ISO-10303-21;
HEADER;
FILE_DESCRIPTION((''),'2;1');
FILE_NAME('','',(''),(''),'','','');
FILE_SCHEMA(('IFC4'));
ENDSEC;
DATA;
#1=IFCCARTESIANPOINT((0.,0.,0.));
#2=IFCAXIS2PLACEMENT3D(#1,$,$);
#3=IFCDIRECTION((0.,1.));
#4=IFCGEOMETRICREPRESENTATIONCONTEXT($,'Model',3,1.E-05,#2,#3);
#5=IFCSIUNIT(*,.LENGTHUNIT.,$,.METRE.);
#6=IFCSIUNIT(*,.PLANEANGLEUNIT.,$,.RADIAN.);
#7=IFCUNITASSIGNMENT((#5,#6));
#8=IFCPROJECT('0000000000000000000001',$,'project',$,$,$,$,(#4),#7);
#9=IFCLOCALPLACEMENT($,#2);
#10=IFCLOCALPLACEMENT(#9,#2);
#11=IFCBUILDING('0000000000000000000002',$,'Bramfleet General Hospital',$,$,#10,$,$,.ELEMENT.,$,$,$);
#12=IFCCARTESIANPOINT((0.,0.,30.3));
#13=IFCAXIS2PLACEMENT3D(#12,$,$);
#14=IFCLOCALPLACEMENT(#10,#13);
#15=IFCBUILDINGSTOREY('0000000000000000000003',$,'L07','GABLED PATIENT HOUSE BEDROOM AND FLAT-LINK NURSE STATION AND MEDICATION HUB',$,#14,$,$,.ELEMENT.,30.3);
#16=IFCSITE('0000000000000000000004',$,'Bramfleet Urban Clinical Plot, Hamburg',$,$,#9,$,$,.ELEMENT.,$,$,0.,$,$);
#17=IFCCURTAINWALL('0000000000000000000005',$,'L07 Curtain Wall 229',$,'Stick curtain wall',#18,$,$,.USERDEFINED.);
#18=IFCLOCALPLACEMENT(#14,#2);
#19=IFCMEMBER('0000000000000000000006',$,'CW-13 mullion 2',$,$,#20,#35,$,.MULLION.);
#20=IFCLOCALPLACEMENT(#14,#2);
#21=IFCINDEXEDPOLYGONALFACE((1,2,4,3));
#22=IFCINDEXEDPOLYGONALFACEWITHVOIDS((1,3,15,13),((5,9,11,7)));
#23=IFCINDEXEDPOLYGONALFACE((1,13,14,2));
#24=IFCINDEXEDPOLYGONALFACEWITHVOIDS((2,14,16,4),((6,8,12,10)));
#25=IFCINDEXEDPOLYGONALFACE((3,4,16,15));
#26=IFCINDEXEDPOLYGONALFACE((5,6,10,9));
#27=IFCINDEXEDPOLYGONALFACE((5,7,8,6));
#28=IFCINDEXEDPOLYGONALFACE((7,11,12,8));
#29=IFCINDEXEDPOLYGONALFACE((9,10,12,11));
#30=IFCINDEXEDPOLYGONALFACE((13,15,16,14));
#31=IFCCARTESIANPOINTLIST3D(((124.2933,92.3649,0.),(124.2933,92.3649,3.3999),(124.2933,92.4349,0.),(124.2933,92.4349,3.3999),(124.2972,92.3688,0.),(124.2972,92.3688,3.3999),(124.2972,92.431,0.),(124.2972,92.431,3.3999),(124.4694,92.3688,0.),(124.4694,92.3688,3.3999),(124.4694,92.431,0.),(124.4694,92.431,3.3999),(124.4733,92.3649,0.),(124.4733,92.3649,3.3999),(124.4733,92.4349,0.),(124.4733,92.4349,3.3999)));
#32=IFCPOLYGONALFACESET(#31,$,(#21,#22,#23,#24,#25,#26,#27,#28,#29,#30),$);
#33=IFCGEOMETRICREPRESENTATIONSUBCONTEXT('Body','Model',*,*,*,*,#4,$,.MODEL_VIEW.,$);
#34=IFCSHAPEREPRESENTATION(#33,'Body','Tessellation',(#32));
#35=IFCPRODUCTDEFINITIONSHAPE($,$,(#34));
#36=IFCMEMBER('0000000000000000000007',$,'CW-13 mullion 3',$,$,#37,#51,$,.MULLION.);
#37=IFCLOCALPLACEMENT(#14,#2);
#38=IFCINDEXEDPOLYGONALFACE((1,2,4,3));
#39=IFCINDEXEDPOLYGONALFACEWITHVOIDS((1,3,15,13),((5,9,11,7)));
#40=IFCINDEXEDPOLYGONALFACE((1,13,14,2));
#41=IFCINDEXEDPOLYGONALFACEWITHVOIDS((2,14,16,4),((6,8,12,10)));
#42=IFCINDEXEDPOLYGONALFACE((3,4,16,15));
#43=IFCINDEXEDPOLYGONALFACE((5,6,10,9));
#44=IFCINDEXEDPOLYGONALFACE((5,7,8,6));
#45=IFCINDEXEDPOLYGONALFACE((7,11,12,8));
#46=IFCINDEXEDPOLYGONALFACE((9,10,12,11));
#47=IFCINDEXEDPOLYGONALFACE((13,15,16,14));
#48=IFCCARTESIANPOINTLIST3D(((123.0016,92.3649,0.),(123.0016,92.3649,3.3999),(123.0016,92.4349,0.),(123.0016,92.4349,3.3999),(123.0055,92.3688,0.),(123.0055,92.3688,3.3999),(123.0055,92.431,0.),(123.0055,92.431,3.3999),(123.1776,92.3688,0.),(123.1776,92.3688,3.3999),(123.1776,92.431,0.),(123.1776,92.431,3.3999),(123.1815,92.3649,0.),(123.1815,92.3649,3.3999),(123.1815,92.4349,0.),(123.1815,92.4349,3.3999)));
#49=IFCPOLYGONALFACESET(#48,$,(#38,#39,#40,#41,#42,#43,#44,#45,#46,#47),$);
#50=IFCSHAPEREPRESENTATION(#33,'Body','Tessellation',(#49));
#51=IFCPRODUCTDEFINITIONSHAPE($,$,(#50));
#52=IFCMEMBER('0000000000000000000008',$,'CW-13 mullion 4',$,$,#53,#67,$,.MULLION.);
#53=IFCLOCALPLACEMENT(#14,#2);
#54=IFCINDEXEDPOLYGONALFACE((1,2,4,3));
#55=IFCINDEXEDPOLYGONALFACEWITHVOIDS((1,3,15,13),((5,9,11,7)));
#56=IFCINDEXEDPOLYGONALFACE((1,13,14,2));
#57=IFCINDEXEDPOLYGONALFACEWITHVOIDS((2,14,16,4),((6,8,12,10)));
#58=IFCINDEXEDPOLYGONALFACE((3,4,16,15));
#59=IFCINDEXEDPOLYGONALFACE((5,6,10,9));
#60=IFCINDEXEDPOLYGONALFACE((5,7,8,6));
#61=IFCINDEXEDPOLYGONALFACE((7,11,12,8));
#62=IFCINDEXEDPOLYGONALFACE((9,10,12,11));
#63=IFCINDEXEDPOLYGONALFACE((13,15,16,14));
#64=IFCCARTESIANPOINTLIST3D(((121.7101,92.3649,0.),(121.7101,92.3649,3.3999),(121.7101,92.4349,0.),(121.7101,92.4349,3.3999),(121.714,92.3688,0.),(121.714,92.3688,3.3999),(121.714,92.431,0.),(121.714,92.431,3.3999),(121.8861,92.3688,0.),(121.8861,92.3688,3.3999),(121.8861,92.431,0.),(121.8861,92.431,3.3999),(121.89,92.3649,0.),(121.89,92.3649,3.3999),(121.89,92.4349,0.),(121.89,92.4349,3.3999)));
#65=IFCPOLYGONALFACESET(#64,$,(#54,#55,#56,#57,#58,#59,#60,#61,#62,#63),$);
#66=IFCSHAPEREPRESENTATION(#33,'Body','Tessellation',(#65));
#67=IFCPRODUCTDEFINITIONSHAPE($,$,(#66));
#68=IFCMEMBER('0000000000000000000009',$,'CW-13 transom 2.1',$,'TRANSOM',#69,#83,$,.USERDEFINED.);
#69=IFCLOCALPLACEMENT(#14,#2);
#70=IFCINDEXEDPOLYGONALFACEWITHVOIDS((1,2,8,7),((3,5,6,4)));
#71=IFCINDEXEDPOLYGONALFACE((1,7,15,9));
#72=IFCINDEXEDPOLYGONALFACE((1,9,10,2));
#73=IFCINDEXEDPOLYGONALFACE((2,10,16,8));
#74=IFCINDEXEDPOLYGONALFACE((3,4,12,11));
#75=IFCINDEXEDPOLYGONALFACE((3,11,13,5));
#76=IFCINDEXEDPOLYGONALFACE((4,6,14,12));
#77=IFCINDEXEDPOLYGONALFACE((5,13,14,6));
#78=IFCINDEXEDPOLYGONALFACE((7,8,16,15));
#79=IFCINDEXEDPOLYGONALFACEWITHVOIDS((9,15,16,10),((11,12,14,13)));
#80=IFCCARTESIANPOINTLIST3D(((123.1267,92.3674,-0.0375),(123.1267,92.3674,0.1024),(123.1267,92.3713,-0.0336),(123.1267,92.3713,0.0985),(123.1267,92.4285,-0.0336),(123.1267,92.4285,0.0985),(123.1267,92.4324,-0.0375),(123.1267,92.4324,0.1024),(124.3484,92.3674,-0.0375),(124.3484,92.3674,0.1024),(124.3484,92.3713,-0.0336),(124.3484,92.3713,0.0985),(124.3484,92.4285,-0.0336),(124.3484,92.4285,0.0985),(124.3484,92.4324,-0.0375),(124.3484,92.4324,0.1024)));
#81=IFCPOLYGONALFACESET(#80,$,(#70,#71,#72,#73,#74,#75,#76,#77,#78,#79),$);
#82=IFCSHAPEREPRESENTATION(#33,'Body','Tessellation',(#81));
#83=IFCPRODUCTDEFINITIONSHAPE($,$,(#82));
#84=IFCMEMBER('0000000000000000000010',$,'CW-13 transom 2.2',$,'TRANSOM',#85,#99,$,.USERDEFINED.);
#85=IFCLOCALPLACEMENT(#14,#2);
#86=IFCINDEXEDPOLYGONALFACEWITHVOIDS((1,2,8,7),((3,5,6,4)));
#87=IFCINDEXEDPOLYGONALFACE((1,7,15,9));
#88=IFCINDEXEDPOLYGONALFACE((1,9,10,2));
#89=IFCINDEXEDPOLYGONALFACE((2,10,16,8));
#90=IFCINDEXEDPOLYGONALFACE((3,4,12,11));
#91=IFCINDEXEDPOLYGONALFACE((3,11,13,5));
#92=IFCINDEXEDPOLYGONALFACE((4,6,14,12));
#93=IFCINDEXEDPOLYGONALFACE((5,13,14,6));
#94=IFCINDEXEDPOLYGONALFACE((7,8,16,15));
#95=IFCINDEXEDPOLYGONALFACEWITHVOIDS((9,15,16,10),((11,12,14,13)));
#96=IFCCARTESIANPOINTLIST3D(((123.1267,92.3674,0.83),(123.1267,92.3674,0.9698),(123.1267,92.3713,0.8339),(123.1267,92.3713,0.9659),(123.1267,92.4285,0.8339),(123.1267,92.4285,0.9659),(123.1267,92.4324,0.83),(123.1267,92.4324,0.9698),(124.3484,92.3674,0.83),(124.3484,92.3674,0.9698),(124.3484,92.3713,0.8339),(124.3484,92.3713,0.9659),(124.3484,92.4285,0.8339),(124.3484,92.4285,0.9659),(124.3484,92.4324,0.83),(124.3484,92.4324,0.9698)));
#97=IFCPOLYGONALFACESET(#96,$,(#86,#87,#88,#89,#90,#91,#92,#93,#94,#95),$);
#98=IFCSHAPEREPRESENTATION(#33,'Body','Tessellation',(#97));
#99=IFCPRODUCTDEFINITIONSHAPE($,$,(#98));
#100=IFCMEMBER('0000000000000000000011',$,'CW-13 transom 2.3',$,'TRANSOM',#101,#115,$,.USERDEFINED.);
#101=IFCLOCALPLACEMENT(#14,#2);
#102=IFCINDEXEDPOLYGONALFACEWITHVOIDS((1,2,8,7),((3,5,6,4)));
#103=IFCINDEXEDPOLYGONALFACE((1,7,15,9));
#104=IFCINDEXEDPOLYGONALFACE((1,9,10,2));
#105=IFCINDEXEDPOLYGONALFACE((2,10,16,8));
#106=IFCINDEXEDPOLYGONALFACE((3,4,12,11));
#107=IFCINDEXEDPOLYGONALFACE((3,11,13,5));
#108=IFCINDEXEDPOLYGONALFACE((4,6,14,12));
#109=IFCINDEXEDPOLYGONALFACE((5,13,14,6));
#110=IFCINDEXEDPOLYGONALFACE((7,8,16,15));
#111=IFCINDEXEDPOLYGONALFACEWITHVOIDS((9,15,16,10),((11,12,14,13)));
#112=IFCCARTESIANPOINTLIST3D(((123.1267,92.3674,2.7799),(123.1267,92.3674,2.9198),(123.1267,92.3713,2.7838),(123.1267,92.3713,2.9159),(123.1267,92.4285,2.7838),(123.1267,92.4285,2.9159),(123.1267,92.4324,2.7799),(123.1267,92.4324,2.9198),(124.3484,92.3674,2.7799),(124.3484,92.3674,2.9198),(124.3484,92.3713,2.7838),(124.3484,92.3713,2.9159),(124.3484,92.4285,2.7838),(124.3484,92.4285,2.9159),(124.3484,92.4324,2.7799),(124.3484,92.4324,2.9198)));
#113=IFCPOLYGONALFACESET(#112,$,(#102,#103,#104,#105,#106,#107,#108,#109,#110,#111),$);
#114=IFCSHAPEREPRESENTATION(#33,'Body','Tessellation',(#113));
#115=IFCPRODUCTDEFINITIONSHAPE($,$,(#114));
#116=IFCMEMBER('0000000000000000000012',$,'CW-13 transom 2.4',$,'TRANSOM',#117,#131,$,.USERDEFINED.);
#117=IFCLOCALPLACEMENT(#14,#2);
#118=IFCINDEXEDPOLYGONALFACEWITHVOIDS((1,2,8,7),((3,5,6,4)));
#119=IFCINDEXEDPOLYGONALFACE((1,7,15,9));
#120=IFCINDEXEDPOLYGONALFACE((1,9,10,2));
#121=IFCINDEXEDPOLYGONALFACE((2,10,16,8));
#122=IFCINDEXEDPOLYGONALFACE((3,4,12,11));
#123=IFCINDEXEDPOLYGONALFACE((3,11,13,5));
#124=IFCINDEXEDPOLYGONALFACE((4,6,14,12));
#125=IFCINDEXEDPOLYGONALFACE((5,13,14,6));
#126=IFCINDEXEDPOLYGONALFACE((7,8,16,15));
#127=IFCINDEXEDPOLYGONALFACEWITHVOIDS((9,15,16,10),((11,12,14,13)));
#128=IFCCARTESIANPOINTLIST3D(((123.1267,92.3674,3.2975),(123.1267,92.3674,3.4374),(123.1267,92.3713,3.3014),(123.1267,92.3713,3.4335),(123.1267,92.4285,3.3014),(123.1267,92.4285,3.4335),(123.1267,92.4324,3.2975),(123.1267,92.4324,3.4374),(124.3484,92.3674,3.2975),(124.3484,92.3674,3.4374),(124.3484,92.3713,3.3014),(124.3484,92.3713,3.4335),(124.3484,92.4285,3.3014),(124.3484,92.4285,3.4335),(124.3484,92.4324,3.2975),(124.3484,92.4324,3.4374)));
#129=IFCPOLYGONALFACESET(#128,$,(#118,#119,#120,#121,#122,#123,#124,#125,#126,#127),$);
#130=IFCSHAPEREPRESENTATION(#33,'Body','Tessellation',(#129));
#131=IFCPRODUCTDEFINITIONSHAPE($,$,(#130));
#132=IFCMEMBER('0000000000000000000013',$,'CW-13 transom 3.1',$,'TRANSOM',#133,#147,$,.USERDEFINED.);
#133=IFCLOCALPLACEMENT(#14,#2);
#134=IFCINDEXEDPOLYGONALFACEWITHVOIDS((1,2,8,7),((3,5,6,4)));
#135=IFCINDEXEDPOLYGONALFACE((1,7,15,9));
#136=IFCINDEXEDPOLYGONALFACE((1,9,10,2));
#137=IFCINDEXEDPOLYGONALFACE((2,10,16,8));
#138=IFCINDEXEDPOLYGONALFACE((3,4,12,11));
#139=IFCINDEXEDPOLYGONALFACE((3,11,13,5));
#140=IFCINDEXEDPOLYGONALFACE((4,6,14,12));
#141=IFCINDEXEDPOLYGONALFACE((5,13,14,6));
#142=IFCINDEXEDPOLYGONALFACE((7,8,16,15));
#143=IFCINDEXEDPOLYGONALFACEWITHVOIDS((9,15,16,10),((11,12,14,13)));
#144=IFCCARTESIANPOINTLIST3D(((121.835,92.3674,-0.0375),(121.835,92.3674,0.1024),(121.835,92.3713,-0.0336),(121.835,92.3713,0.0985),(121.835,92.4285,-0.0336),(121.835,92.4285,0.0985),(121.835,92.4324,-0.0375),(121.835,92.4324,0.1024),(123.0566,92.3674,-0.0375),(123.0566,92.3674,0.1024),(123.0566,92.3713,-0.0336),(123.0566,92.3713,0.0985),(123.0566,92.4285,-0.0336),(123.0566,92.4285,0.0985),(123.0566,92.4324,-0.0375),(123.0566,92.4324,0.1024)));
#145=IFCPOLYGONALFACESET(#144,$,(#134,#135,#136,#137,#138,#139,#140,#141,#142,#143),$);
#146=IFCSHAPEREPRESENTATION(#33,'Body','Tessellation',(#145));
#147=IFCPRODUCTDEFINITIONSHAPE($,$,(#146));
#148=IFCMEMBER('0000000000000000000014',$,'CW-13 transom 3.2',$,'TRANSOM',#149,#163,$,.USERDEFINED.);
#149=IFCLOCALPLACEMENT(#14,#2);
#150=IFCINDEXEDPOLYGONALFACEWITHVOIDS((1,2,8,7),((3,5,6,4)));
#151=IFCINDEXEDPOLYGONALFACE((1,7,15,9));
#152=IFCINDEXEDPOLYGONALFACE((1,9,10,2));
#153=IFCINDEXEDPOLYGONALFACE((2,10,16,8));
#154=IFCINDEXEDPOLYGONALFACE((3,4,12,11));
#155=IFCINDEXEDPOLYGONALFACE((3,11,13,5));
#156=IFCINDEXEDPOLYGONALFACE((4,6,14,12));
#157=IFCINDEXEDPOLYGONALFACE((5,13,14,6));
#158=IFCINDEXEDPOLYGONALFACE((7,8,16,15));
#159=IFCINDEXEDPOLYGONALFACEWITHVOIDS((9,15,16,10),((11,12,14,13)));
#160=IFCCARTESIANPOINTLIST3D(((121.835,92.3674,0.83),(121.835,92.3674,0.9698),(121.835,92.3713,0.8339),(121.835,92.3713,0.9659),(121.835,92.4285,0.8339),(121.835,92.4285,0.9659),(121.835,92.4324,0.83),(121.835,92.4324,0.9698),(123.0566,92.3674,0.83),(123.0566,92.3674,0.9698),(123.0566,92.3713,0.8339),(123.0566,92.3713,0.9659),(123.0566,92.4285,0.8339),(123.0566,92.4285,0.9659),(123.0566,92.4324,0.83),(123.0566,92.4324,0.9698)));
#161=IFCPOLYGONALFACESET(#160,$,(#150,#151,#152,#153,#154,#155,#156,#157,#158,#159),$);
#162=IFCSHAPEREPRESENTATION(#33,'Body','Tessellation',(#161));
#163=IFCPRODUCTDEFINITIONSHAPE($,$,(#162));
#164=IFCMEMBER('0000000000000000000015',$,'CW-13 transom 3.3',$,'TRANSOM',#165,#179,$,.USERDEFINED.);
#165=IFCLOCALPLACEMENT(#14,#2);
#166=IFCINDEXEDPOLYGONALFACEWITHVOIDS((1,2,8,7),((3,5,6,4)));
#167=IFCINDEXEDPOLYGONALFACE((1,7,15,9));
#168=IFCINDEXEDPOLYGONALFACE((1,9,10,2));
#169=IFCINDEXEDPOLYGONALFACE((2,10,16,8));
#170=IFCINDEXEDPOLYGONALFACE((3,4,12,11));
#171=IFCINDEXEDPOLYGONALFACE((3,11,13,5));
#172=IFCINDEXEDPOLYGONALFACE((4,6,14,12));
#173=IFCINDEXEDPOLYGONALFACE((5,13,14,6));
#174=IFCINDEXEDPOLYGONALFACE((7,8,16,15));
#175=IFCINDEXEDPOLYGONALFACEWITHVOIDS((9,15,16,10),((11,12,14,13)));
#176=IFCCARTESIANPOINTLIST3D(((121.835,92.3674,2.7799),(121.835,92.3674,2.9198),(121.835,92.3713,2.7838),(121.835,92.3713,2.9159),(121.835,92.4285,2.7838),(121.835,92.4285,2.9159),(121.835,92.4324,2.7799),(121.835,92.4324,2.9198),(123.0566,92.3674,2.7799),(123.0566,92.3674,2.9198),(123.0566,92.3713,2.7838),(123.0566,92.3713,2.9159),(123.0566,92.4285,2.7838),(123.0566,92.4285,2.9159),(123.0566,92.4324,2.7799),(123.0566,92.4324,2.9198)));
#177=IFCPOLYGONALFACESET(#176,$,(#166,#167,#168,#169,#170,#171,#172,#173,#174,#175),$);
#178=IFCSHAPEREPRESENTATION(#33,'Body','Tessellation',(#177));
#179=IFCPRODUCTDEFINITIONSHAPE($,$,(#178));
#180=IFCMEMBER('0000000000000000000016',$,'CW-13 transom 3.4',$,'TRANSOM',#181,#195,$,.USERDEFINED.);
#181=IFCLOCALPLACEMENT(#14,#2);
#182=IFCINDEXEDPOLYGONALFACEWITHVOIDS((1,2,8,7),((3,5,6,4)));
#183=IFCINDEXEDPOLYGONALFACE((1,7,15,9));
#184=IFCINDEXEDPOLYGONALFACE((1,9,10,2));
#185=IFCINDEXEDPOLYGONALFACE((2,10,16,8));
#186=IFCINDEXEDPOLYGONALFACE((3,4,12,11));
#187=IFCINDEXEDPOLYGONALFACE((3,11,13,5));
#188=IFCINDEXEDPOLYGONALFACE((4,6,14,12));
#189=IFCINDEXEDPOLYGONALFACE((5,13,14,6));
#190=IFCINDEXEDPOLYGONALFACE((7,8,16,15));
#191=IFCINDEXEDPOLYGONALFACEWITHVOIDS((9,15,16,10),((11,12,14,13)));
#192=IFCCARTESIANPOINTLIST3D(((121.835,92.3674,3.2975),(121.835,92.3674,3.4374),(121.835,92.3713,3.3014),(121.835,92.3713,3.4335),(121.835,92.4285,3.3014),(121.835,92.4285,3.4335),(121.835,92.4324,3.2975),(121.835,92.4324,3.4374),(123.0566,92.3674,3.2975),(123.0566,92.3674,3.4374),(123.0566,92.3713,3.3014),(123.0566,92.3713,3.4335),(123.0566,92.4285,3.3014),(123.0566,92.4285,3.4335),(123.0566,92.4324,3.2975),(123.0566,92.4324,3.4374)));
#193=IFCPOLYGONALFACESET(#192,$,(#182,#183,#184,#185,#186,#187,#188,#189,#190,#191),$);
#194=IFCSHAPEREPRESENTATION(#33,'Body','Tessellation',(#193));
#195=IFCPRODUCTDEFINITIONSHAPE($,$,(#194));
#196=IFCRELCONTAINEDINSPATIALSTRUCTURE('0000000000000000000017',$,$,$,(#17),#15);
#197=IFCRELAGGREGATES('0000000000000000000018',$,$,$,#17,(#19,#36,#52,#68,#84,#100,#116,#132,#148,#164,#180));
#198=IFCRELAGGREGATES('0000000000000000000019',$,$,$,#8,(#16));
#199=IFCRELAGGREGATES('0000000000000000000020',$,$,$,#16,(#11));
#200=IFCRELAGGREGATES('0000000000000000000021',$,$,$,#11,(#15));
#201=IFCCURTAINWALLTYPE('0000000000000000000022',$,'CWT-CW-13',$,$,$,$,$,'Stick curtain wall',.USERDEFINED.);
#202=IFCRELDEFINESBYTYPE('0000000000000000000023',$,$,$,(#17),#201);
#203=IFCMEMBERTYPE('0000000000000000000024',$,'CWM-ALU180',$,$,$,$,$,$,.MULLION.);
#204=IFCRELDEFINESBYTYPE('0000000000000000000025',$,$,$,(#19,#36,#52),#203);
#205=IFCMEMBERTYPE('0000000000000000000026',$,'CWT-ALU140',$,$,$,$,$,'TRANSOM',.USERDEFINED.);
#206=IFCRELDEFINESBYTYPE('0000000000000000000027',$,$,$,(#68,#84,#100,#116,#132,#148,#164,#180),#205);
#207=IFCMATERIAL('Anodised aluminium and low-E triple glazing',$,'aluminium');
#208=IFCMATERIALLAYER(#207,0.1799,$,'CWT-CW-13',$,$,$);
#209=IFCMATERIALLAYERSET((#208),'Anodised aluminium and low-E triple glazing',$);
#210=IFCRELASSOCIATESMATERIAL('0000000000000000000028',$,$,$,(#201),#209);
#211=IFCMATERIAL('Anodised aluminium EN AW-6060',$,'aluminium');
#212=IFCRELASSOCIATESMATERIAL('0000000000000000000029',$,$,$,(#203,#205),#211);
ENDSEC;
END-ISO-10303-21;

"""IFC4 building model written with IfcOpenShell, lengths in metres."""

from ifc_helpers import new_model, si_unit, direction, frame, origin, origin_2d, place, context, subcontext, project, spatial, hollow_rectangle, extrude, material, layer, layer_set, material_profile, profile_set, type_object, element, aggregate, save


model = new_model("IFC4")

# Units and contexts
model_context = context("Model", 3, precision=1e-05, world=origin(), true_north=direction((0.0, 1.0)))
body_context = subcontext(model_context, "Body", "Model", "MODEL_VIEW")
ifc_project = project(units=[si_unit("LENGTHUNIT", "METRE"), si_unit("PLANEANGLEUNIT", "RADIAN")], contexts=[model_context])

# Site, building, storey
site_placement = place(None, origin())
site = spatial("IfcSite", under=ifc_project, at=site_placement, Name="Bramfleet Urban Clinical Plot, Hamburg", CompositionType="ELEMENT", RefElevation=0.0)
building_placement = place(site_placement, origin())
building = spatial("IfcBuilding", under=site, at=building_placement, Name="Bramfleet General Hospital", CompositionType="ELEMENT")
storey_placement = place(building_placement, frame((0.0, 0.0, 30.3)))
storey = spatial("IfcBuildingStorey", under=building, at=storey_placement, Name="L07", Description="GABLED PATIENT HOUSE BEDROOM AND FLAT-LINK NURSE STATION AND MEDICATION HUB", CompositionType="ELEMENT", Elevation=30.3)

# Curtain wall, members
ifc_material_1 = material(Name="Anodised aluminium and low-E triple glazing", Category="aluminium")
ifc_layer_1 = layer(ifc_material_1, 0.1799, Name="CWT-CW-13")
ifc_layer_set_1 = layer_set([ifc_layer_1], Name="Anodised aluminium and low-E triple glazing")
curtain_wall_type = type_object("IfcCurtainWallType", Name="CWT-CW-13", ElementType="Stick curtain wall", PredefinedType="USERDEFINED", material=ifc_layer_set_1)
curtain_wall_placement = place(storey_placement, origin())
curtain_wall = element("IfcCurtainWall", 1, at=curtain_wall_placement, inside=storey, type_object=curtain_wall_type, Name="L07 Curtain Wall 229", ObjectType="Stick curtain wall", PredefinedType="USERDEFINED")
ifc_material_2 = material(Name="Anodised aluminium EN AW-6060", Category="aluminium")
ifc_material_profile_1 = material_profile(ifc_material_2, hollow_rectangle(XDim=0.0701, YDim=0.1799, WallThickness=0.0039, at=origin_2d()), Name="ALU 180x70x4.0")
ifc_profile_set_1 = profile_set([ifc_material_profile_1], Name="Anodised aluminium EN AW-6060")
member_type_1 = type_object("IfcMemberType", Name="CWM-ALU180", PredefinedType="MULLION", material=ifc_profile_set_1)
member_1_placement = place(storey_placement, frame((124.3833, 92.3999, 0.0), z_axis=(0.0, 0.0, 1.0), x_axis=(0.0, -1.0, 0.0)))
member_1 = element("IfcMember", 2, at=member_1_placement, type_object=member_type_1, Name="CW-13 mullion 2", PredefinedType="MULLION", context=body_context, shape_type="SweptSolid", body=[
    extrude(hollow_rectangle(XDim=0.0701, YDim=0.1799, WallThickness=0.0039, at=origin_2d()), origin(), (0.0, 0.0, 1.0), 3.3999),
])
member_2_placement = place(storey_placement, frame((123.0916, 92.3999, 0.0), z_axis=(0.0, 0.0, 1.0), x_axis=(0.0, -1.0, 0.0)))
member_2 = element("IfcMember", 3, at=member_2_placement, type_object=member_type_1, Name="CW-13 mullion 3", PredefinedType="MULLION", context=body_context, shape_type="SweptSolid", body=[
    extrude(hollow_rectangle(XDim=0.0701, YDim=0.1799, WallThickness=0.0039, at=origin_2d()), origin(), (0.0, 0.0, 1.0), 3.3999),
])
member_3_placement = place(storey_placement, frame((121.8, 92.3999, 0.0), z_axis=(0.0, 0.0, 1.0), x_axis=(0.0, -1.0, 0.0)))
member_3 = element("IfcMember", 4, at=member_3_placement, type_object=member_type_1, Name="CW-13 mullion 4", PredefinedType="MULLION", context=body_context, shape_type="SweptSolid", body=[
    extrude(hollow_rectangle(XDim=0.0701, YDim=0.1799, WallThickness=0.0039, at=origin_2d()), origin(), (0.0, 0.0, 1.0), 3.3999),
])
ifc_material_profile_2 = material_profile(ifc_material_2, hollow_rectangle(XDim=0.0649, YDim=0.1399, WallThickness=0.0039, at=origin_2d()), Name="ALU 140x65x4.0")
ifc_profile_set_2 = profile_set([ifc_material_profile_2], Name="Anodised aluminium EN AW-6060")
member_type_2 = type_object("IfcMemberType", Name="CWT-ALU140", ElementType="TRANSOM", PredefinedType="USERDEFINED", material=ifc_profile_set_2)
member_4_placement = place(storey_placement, frame((124.3484, 92.3999, 0.0325), z_axis=(-1.0, 0.0, 0.0), x_axis=(0.0, -1.0, 0.0)))
member_4 = element("IfcMember", 5, at=member_4_placement, type_object=member_type_2, Name="CW-13 transom 2.1", ObjectType="TRANSOM", PredefinedType="USERDEFINED", context=body_context, shape_type="SweptSolid", body=[
    extrude(hollow_rectangle(XDim=0.0649, YDim=0.1399, WallThickness=0.0039, at=origin_2d()), origin(), (0.0, 0.0, 1.0), 1.2217),
])
member_5_placement = place(storey_placement, frame((124.3484, 92.3999, 0.8999), z_axis=(-1.0, 0.0, 0.0), x_axis=(0.0, -1.0, 0.0)))
member_5 = element("IfcMember", 6, at=member_5_placement, type_object=member_type_2, Name="CW-13 transom 2.2", ObjectType="TRANSOM", PredefinedType="USERDEFINED", context=body_context, shape_type="SweptSolid", body=[
    extrude(hollow_rectangle(XDim=0.0649, YDim=0.1399, WallThickness=0.0039, at=origin_2d()), origin(), (0.0, 0.0, 1.0), 1.2217),
])
member_6_placement = place(storey_placement, frame((124.3484, 92.3999, 2.8499), z_axis=(-1.0, 0.0, 0.0), x_axis=(0.0, -1.0, 0.0)))
member_6 = element("IfcMember", 7, at=member_6_placement, type_object=member_type_2, Name="CW-13 transom 2.3", ObjectType="TRANSOM", PredefinedType="USERDEFINED", context=body_context, shape_type="SweptSolid", body=[
    extrude(hollow_rectangle(XDim=0.0649, YDim=0.1399, WallThickness=0.0039, at=origin_2d()), origin(), (0.0, 0.0, 1.0), 1.2217),
])
member_7_placement = place(storey_placement, frame((124.3484, 92.3999, 3.3674), z_axis=(-1.0, 0.0, 0.0), x_axis=(0.0, -1.0, 0.0)))
member_7 = element("IfcMember", 8, at=member_7_placement, type_object=member_type_2, Name="CW-13 transom 2.4", ObjectType="TRANSOM", PredefinedType="USERDEFINED", context=body_context, shape_type="SweptSolid", body=[
    extrude(hollow_rectangle(XDim=0.0649, YDim=0.1399, WallThickness=0.0039, at=origin_2d()), origin(), (0.0, 0.0, 1.0), 1.2217),
])
member_8_placement = place(storey_placement, frame((123.0566, 92.3999, 0.0325), z_axis=(-1.0, 0.0, 0.0), x_axis=(0.0, -1.0, 0.0)))
member_8 = element("IfcMember", 9, at=member_8_placement, type_object=member_type_2, Name="CW-13 transom 3.1", ObjectType="TRANSOM", PredefinedType="USERDEFINED", context=body_context, shape_type="SweptSolid", body=[
    extrude(hollow_rectangle(XDim=0.0649, YDim=0.1399, WallThickness=0.0039, at=origin_2d()), origin(), (0.0, 0.0, 1.0), 1.2217),
])
member_9_placement = place(storey_placement, frame((123.0566, 92.3999, 0.8999), z_axis=(-1.0, 0.0, 0.0), x_axis=(0.0, -1.0, 0.0)))
member_9 = element("IfcMember", 10, at=member_9_placement, type_object=member_type_2, Name="CW-13 transom 3.2", ObjectType="TRANSOM", PredefinedType="USERDEFINED", context=body_context, shape_type="SweptSolid", body=[
    extrude(hollow_rectangle(XDim=0.0649, YDim=0.1399, WallThickness=0.0039, at=origin_2d()), origin(), (0.0, 0.0, 1.0), 1.2217),
])
member_10_placement = place(storey_placement, frame((123.0566, 92.3999, 2.8499), z_axis=(-1.0, 0.0, 0.0), x_axis=(0.0, -1.0, 0.0)))
member_10 = element("IfcMember", 11, at=member_10_placement, type_object=member_type_2, Name="CW-13 transom 3.3", ObjectType="TRANSOM", PredefinedType="USERDEFINED", context=body_context, shape_type="SweptSolid", body=[
    extrude(hollow_rectangle(XDim=0.0649, YDim=0.1399, WallThickness=0.0039, at=origin_2d()), origin(), (0.0, 0.0, 1.0), 1.2217),
])
member_11_placement = place(storey_placement, frame((123.0566, 92.3999, 3.3674), z_axis=(-1.0, 0.0, 0.0), x_axis=(0.0, -1.0, 0.0)))
member_11 = element("IfcMember", 12, at=member_11_placement, type_object=member_type_2, Name="CW-13 transom 3.4", ObjectType="TRANSOM", PredefinedType="USERDEFINED", context=body_context, shape_type="SweptSolid", body=[
    extrude(hollow_rectangle(XDim=0.0649, YDim=0.1399, WallThickness=0.0039, at=origin_2d()), origin(), (0.0, 0.0, 1.0), 1.2217),
])
aggregate(curtain_wall, [member_1, member_2, member_3, member_4, member_5, member_6, member_7, member_8, member_9, member_10, member_11])

save(model, "model.ifc")
